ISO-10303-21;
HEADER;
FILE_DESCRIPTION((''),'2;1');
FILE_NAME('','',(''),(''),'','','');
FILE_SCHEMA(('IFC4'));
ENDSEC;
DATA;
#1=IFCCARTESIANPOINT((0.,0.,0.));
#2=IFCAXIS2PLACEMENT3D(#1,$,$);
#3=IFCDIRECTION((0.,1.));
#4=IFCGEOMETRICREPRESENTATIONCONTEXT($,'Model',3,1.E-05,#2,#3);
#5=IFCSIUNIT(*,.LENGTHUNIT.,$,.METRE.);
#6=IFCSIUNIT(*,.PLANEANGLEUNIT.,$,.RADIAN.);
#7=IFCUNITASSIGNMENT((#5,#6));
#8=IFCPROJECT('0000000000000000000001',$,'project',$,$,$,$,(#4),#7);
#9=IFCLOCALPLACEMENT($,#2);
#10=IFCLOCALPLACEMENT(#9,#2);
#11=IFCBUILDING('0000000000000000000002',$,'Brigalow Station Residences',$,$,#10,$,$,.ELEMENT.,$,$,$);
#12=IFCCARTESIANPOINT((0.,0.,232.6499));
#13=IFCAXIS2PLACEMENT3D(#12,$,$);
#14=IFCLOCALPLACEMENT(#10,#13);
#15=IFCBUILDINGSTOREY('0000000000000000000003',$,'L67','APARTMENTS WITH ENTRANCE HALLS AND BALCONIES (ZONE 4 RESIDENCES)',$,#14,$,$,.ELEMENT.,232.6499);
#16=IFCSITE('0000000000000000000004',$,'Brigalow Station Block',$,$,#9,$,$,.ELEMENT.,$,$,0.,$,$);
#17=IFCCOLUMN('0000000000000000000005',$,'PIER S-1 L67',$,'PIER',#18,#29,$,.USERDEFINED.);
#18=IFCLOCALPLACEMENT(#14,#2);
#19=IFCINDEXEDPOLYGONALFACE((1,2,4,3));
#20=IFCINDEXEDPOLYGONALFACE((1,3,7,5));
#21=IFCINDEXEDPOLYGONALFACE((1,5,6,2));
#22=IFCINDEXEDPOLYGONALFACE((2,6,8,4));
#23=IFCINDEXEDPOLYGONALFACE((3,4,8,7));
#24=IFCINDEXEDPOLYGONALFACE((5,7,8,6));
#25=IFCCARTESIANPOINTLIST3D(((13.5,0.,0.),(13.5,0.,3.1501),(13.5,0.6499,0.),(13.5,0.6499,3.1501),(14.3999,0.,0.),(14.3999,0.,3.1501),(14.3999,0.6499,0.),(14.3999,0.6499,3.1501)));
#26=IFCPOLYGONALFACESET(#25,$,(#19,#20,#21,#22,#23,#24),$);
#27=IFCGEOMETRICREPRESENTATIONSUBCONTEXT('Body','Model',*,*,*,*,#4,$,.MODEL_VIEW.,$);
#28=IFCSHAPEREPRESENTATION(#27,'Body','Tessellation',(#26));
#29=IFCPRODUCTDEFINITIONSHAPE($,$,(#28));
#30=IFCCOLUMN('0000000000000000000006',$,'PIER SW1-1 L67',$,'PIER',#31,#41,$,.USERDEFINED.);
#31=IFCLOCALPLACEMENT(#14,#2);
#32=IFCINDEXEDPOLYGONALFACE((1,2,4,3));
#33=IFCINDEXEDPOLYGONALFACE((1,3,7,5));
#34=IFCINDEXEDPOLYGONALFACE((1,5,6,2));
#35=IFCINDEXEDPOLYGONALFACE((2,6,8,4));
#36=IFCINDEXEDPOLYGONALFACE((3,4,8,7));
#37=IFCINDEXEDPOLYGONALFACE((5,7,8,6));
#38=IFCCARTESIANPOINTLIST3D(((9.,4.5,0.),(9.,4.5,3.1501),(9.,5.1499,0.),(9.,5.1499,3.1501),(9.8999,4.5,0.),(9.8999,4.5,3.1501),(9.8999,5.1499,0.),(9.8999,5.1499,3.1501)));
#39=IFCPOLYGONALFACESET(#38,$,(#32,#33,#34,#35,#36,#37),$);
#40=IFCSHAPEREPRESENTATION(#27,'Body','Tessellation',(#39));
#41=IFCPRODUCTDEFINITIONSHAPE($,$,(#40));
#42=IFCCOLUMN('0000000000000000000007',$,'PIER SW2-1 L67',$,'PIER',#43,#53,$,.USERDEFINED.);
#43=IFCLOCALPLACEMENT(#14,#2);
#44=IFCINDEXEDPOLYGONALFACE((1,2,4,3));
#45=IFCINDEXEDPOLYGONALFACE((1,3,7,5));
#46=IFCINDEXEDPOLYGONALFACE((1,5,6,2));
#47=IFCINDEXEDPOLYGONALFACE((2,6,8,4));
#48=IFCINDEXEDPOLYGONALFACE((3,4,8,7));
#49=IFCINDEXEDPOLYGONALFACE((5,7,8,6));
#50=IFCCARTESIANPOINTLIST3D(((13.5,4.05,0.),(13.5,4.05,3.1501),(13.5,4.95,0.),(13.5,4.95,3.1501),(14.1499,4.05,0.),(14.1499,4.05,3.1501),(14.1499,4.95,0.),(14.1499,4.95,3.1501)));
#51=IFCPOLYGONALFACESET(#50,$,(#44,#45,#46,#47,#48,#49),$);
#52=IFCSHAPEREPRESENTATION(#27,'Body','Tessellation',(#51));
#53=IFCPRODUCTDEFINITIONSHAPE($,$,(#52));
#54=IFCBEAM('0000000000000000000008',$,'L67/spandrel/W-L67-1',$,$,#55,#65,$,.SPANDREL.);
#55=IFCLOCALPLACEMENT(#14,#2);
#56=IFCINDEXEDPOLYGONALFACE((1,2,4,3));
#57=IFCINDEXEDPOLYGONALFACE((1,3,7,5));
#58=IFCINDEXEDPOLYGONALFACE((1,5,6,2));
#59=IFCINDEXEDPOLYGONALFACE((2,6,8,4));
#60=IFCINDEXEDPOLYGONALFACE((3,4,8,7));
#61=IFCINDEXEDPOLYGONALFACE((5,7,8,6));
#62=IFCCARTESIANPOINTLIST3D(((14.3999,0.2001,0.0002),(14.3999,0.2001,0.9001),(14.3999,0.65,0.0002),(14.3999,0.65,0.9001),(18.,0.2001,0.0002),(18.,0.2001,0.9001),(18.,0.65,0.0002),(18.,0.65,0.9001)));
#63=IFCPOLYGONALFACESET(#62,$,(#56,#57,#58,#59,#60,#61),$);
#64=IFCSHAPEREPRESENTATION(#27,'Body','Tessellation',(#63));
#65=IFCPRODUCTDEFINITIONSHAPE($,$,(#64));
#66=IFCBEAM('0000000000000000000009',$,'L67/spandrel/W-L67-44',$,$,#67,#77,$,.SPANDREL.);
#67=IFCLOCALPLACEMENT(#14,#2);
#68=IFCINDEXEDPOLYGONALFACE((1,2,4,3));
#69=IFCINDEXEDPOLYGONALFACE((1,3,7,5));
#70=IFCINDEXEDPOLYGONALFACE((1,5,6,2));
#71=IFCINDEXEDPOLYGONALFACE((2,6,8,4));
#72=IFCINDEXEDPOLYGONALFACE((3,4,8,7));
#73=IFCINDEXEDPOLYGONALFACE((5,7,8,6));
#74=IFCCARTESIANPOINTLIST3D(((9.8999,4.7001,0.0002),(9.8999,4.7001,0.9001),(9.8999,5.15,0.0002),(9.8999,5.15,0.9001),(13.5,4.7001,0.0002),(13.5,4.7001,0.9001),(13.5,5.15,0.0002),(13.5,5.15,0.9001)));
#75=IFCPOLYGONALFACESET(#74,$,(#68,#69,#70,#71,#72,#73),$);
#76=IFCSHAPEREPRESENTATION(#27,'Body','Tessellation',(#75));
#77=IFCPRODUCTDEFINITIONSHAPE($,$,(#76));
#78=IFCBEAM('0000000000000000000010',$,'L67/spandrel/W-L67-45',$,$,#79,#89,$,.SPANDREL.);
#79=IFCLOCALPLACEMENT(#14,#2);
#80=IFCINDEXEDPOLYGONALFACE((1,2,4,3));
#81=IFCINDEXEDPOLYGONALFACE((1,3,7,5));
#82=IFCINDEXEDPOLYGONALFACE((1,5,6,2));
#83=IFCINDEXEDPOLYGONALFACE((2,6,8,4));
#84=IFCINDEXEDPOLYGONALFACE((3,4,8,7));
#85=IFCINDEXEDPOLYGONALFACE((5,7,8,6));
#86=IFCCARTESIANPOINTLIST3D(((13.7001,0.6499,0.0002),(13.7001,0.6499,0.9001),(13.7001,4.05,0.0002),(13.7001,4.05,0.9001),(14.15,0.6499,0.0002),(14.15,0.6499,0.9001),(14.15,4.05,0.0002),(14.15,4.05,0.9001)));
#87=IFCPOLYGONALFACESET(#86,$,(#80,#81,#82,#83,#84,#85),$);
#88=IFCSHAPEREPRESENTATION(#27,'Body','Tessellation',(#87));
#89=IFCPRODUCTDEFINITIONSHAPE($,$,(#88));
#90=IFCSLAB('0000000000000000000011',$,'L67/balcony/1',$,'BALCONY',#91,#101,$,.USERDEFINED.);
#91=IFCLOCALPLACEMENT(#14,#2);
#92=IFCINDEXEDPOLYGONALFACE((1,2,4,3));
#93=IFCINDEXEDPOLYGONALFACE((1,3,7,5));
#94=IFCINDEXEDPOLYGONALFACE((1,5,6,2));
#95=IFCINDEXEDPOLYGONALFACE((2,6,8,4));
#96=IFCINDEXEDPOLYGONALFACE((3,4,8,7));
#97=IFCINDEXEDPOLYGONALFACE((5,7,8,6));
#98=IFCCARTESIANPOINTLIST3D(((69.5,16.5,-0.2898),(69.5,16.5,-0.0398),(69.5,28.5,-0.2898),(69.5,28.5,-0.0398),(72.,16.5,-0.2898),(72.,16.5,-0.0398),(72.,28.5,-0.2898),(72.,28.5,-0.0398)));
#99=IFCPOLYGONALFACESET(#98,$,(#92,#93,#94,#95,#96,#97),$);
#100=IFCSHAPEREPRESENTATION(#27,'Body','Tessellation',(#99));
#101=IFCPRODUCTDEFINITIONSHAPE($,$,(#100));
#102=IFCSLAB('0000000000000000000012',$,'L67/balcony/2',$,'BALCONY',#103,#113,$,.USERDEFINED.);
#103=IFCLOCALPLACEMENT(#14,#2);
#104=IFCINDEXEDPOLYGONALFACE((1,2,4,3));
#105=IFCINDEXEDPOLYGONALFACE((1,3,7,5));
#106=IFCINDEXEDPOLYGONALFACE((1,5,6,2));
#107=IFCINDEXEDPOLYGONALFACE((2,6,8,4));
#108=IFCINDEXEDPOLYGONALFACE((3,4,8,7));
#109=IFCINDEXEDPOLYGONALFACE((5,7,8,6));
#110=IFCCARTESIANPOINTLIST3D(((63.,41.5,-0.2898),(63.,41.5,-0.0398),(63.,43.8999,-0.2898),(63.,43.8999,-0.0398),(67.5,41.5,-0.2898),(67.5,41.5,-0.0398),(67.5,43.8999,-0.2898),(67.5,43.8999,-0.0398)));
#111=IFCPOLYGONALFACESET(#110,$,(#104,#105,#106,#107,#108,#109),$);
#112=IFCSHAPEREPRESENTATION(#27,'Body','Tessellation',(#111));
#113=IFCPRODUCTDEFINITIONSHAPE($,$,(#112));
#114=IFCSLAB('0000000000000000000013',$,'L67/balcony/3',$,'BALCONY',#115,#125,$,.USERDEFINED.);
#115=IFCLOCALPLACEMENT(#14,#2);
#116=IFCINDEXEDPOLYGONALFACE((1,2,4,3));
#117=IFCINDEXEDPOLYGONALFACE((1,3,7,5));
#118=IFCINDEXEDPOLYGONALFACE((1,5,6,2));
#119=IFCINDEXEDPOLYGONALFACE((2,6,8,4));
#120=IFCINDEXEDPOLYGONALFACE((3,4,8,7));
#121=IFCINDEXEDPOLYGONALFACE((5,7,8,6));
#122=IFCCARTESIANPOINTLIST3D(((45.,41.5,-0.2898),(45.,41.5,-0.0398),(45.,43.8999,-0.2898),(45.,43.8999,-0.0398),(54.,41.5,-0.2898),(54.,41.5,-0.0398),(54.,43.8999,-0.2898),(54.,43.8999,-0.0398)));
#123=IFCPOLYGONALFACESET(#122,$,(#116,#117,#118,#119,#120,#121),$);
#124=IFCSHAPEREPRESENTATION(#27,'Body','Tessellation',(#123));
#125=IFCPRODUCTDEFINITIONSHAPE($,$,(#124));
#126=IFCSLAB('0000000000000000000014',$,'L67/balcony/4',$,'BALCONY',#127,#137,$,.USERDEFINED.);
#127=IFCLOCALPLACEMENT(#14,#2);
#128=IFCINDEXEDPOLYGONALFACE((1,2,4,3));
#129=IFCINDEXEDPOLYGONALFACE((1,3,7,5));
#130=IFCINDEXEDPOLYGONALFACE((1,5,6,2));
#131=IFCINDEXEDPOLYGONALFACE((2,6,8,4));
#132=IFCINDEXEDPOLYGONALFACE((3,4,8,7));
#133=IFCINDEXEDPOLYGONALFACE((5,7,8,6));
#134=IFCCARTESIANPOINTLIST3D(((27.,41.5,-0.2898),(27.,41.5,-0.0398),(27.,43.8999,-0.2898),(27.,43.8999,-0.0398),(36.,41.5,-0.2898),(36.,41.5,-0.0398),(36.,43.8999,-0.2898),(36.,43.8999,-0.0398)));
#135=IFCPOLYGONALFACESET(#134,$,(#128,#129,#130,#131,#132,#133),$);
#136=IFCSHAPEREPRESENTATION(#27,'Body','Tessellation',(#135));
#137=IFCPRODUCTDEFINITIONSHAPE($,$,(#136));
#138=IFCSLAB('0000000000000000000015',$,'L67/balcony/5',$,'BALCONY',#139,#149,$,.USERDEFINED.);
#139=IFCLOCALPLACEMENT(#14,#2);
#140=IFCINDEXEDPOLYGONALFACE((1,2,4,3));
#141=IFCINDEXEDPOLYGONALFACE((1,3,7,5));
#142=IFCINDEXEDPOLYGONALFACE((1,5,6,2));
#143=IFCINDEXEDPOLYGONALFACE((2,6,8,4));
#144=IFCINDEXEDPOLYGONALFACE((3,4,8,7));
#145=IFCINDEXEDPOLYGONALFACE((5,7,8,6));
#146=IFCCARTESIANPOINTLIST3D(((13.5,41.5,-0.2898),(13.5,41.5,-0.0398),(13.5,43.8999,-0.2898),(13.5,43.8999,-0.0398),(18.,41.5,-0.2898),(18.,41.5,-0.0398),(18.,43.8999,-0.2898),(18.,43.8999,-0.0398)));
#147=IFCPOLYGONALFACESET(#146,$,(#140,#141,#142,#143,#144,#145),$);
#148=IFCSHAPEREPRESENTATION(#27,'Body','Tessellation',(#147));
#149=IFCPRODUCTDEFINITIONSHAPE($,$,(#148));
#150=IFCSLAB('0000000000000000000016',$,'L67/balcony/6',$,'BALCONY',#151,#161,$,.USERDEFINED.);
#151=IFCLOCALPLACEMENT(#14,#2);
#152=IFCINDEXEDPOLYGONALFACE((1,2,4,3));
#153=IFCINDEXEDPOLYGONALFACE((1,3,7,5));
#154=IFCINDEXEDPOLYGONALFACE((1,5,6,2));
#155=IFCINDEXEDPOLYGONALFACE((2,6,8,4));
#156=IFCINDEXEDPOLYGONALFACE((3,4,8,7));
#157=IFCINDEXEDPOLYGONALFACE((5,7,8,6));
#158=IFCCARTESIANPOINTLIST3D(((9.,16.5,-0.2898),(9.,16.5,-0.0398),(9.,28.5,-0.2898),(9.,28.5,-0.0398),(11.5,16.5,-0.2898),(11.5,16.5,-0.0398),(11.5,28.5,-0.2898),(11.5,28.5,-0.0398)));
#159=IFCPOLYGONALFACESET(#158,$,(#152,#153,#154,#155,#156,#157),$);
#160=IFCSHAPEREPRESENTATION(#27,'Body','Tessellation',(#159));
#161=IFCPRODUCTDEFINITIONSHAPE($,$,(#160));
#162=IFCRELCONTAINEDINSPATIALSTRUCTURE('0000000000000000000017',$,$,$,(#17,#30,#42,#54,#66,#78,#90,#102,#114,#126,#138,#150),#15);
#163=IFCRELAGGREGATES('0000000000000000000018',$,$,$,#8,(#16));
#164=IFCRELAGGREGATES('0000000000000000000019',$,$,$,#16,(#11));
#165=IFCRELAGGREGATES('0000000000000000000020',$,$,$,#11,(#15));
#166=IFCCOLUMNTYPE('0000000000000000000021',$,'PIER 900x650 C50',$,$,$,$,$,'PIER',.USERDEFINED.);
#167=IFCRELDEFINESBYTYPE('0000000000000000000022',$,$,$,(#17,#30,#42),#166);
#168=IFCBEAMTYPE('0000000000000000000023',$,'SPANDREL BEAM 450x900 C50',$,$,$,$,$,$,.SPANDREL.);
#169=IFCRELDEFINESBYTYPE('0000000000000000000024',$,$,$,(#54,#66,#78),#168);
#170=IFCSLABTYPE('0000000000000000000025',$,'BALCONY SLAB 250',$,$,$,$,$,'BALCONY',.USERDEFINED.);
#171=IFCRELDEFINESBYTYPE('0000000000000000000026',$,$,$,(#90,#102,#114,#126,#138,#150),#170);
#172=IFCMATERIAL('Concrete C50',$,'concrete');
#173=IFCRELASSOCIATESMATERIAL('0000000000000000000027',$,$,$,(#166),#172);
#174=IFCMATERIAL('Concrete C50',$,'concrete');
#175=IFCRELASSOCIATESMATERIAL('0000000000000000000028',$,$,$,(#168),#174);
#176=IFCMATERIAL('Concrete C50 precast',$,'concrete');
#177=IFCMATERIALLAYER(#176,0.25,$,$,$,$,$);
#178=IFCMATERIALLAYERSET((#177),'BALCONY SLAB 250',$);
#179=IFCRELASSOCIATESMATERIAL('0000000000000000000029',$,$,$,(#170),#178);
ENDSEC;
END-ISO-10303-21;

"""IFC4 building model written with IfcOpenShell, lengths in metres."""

from ifc_helpers import new_model, si_unit, direction, frame, origin, origin_2d, place, context, subcontext, project, spatial, polyline, rectangle, outline, extrude, material, layer, layer_set, material_profile, profile_set, type_object, element, save


model = new_model("IFC4")

# Units and contexts
model_context = context("Model", 3, precision=1e-05, world=origin(), true_north=direction((0.0, 1.0)))
body_context = subcontext(model_context, "Body", "Model", "MODEL_VIEW")
ifc_project = project(units=[si_unit("LENGTHUNIT", "METRE"), si_unit("PLANEANGLEUNIT", "RADIAN")], contexts=[model_context])

# Site, building, storey
site_placement = place(None, origin())
site = spatial("IfcSite", under=ifc_project, at=site_placement, Name="Brigalow Station Block", CompositionType="ELEMENT", RefElevation=0.0)
building_placement = place(site_placement, origin())
building = spatial("IfcBuilding", under=site, at=building_placement, Name="Brigalow Station Residences", CompositionType="ELEMENT")
storey_placement = place(building_placement, frame((0.0, 0.0, 232.6499)))
storey = spatial("IfcBuildingStorey", under=building, at=storey_placement, Name="L67", Description="APARTMENTS WITH ENTRANCE HALLS AND BALCONIES (ZONE 4 RESIDENCES)", CompositionType="ELEMENT", Elevation=232.6499)

# Columns
ifc_material_1 = material(Name="Concrete C50", Category="concrete")
ifc_material_profile_1 = material_profile(ifc_material_1, rectangle(XDim=0.8999, YDim=0.6499, at=origin_2d()), Name="RC900x650")
ifc_profile_set_1 = profile_set([ifc_material_profile_1], Name="Concrete C50")
column_type = type_object("IfcColumnType", Name="PIER 900x650 C50", ElementType="PIER", PredefinedType="USERDEFINED", material=ifc_profile_set_1)
for number, where, z_axis, x_axis, name in (
    (1, (13.95, 0.325, 0.0), (0.0, 0.0, 1.0), (1.0, 0.0, 0.0), "PIER S-1 L67"),
    (2, (9.45, 4.825, 0.0), (0.0, 0.0, 1.0), (1.0, 0.0, 0.0), "PIER SW1-1 L67"),
    (3, (13.825, 4.5, 0.0), (0.0, 0.0, 1.0), (0.0, -1.0, 0.0), "PIER SW2-1 L67"),
):
    element("IfcColumn", number, at=place(storey_placement, frame(where, z_axis=z_axis, x_axis=x_axis)), inside=storey, type_object=column_type, Name=name, ObjectType="PIER", PredefinedType="USERDEFINED", context=body_context, shape_type="SweptSolid", body=[
        extrude(rectangle(XDim=0.8999, YDim=0.6499, at=origin_2d()), origin(), (0.0, 0.0, 1.0), 3.1501),
    ])

# Beams
ifc_material_2 = material(Name="Concrete C50", Category="concrete")
ifc_material_profile_2 = material_profile(ifc_material_2, rectangle(XDim=0.45, YDim=0.8999, at=origin_2d()), Name="RC450x900")
ifc_profile_set_2 = profile_set([ifc_material_profile_2], Name="Concrete C50")
beam_type = type_object("IfcBeamType", Name="SPANDREL BEAM 450x900 C50", PredefinedType="SPANDREL", material=ifc_profile_set_2)
for number, where, z_axis, x_axis, name in (
    (4, (14.3999, 0.425, 0.4502), (1.0, 0.0, 0.0), (0.0, 1.0, 0.0), "L67/spandrel/W-L67-1"),
    (5, (9.8999, 4.925, 0.4502), (1.0, 0.0, 0.0), (0.0, 1.0, 0.0), "L67/spandrel/W-L67-44"),
):
    element("IfcBeam", number, at=place(storey_placement, frame(where, z_axis=z_axis, x_axis=x_axis)), inside=storey, type_object=beam_type, Name=name, PredefinedType="SPANDREL", context=body_context, shape_type="SweptSolid", body=[
        extrude(rectangle(XDim=0.45, YDim=0.8999, at=origin_2d()), origin(), (0.0, 0.0, 1.0), 3.6001),
    ])
beam_placement = place(storey_placement, frame((13.925, 4.05, 0.4502), z_axis=(0.0, -1.0, 0.0), x_axis=(1.0, 0.0, 0.0)))
element("IfcBeam", 6, at=beam_placement, inside=storey, type_object=beam_type, Name="L67/spandrel/W-L67-45", PredefinedType="SPANDREL", context=body_context, shape_type="SweptSolid", body=[
    extrude(rectangle(XDim=0.45, YDim=0.8999, at=origin_2d()), origin(), (0.0, 0.0, 1.0), 3.4001),
])

# Slabs
ifc_material_3 = material(Name="Concrete C50 precast", Category="concrete")
ifc_layer_1 = layer(ifc_material_3, 0.25)
ifc_layer_set_1 = layer_set([ifc_layer_1], Name="BALCONY SLAB 250")
slab_type_1 = type_object("IfcSlabType", Name="BALCONY SLAB 250", ElementType="BALCONY", PredefinedType="USERDEFINED", material=ifc_layer_set_1)
slab_1_placement = place(storey_placement, frame((0.0, 0.0, -0.2898)))
element("IfcSlab", 7, at=slab_1_placement, inside=storey, type_object=slab_type_1, Name="L67/balcony/1", ObjectType="BALCONY", PredefinedType="USERDEFINED", context=body_context, shape_type="SweptSolid", body=[
    extrude(outline(polyline([(69.5, 16.5), (72.0, 16.5), (72.0, 28.5), (69.5, 28.5), (69.5, 16.5)])), origin(), (0.0, 0.0, 1.0), 0.25),
])
slab_2_placement = place(storey_placement, frame((0.0, 0.0, -0.2898)))
element("IfcSlab", 8, at=slab_2_placement, inside=storey, type_object=slab_type_1, Name="L67/balcony/2", ObjectType="BALCONY", PredefinedType="USERDEFINED", context=body_context, shape_type="SweptSolid", body=[
    extrude(outline(polyline([(67.5, 41.5), (67.5, 43.8999), (63.0, 43.8999), (63.0, 41.5), (67.5, 41.5)])), origin(), (0.0, 0.0, 1.0), 0.25),
])
slab_3_placement = place(storey_placement, frame((0.0, 0.0, -0.2898)))
element("IfcSlab", 9, at=slab_3_placement, inside=storey, type_object=slab_type_1, Name="L67/balcony/3", ObjectType="BALCONY", PredefinedType="USERDEFINED", context=body_context, shape_type="SweptSolid", body=[
    extrude(outline(polyline([(54.0, 41.5), (54.0, 43.8999), (45.0, 43.8999), (45.0, 41.5), (54.0, 41.5)])), origin(), (0.0, 0.0, 1.0), 0.25),
])
slab_4_placement = place(storey_placement, frame((0.0, 0.0, -0.2898)))
element("IfcSlab", 10, at=slab_4_placement, inside=storey, type_object=slab_type_1, Name="L67/balcony/4", ObjectType="BALCONY", PredefinedType="USERDEFINED", context=body_context, shape_type="SweptSolid", body=[
    extrude(outline(polyline([(36.0, 41.5), (36.0, 43.8999), (27.0, 43.8999), (27.0, 41.5), (36.0, 41.5)])), origin(), (0.0, 0.0, 1.0), 0.25),
])
slab_5_placement = place(storey_placement, frame((0.0, 0.0, -0.2898)))
element("IfcSlab", 11, at=slab_5_placement, inside=storey, type_object=slab_type_1, Name="L67/balcony/5", ObjectType="BALCONY", PredefinedType="USERDEFINED", context=body_context, shape_type="SweptSolid", body=[
    extrude(outline(polyline([(18.0, 41.5), (18.0, 43.8999), (13.5, 43.8999), (13.5, 41.5), (18.0, 41.5)])), origin(), (0.0, 0.0, 1.0), 0.25),
])
slab_6_placement = place(storey_placement, frame((0.0, 0.0, -0.2898)))
element("IfcSlab", 12, at=slab_6_placement, inside=storey, type_object=slab_type_1, Name="L67/balcony/6", ObjectType="BALCONY", PredefinedType="USERDEFINED", context=body_context, shape_type="SweptSolid", body=[
    extrude(outline(polyline([(11.5, 28.5), (9.0, 28.5), (9.0, 16.5), (11.5, 16.5), (11.5, 28.5)])), origin(), (0.0, 0.0, 1.0), 0.25),
])

save(model, "model.ifc")
